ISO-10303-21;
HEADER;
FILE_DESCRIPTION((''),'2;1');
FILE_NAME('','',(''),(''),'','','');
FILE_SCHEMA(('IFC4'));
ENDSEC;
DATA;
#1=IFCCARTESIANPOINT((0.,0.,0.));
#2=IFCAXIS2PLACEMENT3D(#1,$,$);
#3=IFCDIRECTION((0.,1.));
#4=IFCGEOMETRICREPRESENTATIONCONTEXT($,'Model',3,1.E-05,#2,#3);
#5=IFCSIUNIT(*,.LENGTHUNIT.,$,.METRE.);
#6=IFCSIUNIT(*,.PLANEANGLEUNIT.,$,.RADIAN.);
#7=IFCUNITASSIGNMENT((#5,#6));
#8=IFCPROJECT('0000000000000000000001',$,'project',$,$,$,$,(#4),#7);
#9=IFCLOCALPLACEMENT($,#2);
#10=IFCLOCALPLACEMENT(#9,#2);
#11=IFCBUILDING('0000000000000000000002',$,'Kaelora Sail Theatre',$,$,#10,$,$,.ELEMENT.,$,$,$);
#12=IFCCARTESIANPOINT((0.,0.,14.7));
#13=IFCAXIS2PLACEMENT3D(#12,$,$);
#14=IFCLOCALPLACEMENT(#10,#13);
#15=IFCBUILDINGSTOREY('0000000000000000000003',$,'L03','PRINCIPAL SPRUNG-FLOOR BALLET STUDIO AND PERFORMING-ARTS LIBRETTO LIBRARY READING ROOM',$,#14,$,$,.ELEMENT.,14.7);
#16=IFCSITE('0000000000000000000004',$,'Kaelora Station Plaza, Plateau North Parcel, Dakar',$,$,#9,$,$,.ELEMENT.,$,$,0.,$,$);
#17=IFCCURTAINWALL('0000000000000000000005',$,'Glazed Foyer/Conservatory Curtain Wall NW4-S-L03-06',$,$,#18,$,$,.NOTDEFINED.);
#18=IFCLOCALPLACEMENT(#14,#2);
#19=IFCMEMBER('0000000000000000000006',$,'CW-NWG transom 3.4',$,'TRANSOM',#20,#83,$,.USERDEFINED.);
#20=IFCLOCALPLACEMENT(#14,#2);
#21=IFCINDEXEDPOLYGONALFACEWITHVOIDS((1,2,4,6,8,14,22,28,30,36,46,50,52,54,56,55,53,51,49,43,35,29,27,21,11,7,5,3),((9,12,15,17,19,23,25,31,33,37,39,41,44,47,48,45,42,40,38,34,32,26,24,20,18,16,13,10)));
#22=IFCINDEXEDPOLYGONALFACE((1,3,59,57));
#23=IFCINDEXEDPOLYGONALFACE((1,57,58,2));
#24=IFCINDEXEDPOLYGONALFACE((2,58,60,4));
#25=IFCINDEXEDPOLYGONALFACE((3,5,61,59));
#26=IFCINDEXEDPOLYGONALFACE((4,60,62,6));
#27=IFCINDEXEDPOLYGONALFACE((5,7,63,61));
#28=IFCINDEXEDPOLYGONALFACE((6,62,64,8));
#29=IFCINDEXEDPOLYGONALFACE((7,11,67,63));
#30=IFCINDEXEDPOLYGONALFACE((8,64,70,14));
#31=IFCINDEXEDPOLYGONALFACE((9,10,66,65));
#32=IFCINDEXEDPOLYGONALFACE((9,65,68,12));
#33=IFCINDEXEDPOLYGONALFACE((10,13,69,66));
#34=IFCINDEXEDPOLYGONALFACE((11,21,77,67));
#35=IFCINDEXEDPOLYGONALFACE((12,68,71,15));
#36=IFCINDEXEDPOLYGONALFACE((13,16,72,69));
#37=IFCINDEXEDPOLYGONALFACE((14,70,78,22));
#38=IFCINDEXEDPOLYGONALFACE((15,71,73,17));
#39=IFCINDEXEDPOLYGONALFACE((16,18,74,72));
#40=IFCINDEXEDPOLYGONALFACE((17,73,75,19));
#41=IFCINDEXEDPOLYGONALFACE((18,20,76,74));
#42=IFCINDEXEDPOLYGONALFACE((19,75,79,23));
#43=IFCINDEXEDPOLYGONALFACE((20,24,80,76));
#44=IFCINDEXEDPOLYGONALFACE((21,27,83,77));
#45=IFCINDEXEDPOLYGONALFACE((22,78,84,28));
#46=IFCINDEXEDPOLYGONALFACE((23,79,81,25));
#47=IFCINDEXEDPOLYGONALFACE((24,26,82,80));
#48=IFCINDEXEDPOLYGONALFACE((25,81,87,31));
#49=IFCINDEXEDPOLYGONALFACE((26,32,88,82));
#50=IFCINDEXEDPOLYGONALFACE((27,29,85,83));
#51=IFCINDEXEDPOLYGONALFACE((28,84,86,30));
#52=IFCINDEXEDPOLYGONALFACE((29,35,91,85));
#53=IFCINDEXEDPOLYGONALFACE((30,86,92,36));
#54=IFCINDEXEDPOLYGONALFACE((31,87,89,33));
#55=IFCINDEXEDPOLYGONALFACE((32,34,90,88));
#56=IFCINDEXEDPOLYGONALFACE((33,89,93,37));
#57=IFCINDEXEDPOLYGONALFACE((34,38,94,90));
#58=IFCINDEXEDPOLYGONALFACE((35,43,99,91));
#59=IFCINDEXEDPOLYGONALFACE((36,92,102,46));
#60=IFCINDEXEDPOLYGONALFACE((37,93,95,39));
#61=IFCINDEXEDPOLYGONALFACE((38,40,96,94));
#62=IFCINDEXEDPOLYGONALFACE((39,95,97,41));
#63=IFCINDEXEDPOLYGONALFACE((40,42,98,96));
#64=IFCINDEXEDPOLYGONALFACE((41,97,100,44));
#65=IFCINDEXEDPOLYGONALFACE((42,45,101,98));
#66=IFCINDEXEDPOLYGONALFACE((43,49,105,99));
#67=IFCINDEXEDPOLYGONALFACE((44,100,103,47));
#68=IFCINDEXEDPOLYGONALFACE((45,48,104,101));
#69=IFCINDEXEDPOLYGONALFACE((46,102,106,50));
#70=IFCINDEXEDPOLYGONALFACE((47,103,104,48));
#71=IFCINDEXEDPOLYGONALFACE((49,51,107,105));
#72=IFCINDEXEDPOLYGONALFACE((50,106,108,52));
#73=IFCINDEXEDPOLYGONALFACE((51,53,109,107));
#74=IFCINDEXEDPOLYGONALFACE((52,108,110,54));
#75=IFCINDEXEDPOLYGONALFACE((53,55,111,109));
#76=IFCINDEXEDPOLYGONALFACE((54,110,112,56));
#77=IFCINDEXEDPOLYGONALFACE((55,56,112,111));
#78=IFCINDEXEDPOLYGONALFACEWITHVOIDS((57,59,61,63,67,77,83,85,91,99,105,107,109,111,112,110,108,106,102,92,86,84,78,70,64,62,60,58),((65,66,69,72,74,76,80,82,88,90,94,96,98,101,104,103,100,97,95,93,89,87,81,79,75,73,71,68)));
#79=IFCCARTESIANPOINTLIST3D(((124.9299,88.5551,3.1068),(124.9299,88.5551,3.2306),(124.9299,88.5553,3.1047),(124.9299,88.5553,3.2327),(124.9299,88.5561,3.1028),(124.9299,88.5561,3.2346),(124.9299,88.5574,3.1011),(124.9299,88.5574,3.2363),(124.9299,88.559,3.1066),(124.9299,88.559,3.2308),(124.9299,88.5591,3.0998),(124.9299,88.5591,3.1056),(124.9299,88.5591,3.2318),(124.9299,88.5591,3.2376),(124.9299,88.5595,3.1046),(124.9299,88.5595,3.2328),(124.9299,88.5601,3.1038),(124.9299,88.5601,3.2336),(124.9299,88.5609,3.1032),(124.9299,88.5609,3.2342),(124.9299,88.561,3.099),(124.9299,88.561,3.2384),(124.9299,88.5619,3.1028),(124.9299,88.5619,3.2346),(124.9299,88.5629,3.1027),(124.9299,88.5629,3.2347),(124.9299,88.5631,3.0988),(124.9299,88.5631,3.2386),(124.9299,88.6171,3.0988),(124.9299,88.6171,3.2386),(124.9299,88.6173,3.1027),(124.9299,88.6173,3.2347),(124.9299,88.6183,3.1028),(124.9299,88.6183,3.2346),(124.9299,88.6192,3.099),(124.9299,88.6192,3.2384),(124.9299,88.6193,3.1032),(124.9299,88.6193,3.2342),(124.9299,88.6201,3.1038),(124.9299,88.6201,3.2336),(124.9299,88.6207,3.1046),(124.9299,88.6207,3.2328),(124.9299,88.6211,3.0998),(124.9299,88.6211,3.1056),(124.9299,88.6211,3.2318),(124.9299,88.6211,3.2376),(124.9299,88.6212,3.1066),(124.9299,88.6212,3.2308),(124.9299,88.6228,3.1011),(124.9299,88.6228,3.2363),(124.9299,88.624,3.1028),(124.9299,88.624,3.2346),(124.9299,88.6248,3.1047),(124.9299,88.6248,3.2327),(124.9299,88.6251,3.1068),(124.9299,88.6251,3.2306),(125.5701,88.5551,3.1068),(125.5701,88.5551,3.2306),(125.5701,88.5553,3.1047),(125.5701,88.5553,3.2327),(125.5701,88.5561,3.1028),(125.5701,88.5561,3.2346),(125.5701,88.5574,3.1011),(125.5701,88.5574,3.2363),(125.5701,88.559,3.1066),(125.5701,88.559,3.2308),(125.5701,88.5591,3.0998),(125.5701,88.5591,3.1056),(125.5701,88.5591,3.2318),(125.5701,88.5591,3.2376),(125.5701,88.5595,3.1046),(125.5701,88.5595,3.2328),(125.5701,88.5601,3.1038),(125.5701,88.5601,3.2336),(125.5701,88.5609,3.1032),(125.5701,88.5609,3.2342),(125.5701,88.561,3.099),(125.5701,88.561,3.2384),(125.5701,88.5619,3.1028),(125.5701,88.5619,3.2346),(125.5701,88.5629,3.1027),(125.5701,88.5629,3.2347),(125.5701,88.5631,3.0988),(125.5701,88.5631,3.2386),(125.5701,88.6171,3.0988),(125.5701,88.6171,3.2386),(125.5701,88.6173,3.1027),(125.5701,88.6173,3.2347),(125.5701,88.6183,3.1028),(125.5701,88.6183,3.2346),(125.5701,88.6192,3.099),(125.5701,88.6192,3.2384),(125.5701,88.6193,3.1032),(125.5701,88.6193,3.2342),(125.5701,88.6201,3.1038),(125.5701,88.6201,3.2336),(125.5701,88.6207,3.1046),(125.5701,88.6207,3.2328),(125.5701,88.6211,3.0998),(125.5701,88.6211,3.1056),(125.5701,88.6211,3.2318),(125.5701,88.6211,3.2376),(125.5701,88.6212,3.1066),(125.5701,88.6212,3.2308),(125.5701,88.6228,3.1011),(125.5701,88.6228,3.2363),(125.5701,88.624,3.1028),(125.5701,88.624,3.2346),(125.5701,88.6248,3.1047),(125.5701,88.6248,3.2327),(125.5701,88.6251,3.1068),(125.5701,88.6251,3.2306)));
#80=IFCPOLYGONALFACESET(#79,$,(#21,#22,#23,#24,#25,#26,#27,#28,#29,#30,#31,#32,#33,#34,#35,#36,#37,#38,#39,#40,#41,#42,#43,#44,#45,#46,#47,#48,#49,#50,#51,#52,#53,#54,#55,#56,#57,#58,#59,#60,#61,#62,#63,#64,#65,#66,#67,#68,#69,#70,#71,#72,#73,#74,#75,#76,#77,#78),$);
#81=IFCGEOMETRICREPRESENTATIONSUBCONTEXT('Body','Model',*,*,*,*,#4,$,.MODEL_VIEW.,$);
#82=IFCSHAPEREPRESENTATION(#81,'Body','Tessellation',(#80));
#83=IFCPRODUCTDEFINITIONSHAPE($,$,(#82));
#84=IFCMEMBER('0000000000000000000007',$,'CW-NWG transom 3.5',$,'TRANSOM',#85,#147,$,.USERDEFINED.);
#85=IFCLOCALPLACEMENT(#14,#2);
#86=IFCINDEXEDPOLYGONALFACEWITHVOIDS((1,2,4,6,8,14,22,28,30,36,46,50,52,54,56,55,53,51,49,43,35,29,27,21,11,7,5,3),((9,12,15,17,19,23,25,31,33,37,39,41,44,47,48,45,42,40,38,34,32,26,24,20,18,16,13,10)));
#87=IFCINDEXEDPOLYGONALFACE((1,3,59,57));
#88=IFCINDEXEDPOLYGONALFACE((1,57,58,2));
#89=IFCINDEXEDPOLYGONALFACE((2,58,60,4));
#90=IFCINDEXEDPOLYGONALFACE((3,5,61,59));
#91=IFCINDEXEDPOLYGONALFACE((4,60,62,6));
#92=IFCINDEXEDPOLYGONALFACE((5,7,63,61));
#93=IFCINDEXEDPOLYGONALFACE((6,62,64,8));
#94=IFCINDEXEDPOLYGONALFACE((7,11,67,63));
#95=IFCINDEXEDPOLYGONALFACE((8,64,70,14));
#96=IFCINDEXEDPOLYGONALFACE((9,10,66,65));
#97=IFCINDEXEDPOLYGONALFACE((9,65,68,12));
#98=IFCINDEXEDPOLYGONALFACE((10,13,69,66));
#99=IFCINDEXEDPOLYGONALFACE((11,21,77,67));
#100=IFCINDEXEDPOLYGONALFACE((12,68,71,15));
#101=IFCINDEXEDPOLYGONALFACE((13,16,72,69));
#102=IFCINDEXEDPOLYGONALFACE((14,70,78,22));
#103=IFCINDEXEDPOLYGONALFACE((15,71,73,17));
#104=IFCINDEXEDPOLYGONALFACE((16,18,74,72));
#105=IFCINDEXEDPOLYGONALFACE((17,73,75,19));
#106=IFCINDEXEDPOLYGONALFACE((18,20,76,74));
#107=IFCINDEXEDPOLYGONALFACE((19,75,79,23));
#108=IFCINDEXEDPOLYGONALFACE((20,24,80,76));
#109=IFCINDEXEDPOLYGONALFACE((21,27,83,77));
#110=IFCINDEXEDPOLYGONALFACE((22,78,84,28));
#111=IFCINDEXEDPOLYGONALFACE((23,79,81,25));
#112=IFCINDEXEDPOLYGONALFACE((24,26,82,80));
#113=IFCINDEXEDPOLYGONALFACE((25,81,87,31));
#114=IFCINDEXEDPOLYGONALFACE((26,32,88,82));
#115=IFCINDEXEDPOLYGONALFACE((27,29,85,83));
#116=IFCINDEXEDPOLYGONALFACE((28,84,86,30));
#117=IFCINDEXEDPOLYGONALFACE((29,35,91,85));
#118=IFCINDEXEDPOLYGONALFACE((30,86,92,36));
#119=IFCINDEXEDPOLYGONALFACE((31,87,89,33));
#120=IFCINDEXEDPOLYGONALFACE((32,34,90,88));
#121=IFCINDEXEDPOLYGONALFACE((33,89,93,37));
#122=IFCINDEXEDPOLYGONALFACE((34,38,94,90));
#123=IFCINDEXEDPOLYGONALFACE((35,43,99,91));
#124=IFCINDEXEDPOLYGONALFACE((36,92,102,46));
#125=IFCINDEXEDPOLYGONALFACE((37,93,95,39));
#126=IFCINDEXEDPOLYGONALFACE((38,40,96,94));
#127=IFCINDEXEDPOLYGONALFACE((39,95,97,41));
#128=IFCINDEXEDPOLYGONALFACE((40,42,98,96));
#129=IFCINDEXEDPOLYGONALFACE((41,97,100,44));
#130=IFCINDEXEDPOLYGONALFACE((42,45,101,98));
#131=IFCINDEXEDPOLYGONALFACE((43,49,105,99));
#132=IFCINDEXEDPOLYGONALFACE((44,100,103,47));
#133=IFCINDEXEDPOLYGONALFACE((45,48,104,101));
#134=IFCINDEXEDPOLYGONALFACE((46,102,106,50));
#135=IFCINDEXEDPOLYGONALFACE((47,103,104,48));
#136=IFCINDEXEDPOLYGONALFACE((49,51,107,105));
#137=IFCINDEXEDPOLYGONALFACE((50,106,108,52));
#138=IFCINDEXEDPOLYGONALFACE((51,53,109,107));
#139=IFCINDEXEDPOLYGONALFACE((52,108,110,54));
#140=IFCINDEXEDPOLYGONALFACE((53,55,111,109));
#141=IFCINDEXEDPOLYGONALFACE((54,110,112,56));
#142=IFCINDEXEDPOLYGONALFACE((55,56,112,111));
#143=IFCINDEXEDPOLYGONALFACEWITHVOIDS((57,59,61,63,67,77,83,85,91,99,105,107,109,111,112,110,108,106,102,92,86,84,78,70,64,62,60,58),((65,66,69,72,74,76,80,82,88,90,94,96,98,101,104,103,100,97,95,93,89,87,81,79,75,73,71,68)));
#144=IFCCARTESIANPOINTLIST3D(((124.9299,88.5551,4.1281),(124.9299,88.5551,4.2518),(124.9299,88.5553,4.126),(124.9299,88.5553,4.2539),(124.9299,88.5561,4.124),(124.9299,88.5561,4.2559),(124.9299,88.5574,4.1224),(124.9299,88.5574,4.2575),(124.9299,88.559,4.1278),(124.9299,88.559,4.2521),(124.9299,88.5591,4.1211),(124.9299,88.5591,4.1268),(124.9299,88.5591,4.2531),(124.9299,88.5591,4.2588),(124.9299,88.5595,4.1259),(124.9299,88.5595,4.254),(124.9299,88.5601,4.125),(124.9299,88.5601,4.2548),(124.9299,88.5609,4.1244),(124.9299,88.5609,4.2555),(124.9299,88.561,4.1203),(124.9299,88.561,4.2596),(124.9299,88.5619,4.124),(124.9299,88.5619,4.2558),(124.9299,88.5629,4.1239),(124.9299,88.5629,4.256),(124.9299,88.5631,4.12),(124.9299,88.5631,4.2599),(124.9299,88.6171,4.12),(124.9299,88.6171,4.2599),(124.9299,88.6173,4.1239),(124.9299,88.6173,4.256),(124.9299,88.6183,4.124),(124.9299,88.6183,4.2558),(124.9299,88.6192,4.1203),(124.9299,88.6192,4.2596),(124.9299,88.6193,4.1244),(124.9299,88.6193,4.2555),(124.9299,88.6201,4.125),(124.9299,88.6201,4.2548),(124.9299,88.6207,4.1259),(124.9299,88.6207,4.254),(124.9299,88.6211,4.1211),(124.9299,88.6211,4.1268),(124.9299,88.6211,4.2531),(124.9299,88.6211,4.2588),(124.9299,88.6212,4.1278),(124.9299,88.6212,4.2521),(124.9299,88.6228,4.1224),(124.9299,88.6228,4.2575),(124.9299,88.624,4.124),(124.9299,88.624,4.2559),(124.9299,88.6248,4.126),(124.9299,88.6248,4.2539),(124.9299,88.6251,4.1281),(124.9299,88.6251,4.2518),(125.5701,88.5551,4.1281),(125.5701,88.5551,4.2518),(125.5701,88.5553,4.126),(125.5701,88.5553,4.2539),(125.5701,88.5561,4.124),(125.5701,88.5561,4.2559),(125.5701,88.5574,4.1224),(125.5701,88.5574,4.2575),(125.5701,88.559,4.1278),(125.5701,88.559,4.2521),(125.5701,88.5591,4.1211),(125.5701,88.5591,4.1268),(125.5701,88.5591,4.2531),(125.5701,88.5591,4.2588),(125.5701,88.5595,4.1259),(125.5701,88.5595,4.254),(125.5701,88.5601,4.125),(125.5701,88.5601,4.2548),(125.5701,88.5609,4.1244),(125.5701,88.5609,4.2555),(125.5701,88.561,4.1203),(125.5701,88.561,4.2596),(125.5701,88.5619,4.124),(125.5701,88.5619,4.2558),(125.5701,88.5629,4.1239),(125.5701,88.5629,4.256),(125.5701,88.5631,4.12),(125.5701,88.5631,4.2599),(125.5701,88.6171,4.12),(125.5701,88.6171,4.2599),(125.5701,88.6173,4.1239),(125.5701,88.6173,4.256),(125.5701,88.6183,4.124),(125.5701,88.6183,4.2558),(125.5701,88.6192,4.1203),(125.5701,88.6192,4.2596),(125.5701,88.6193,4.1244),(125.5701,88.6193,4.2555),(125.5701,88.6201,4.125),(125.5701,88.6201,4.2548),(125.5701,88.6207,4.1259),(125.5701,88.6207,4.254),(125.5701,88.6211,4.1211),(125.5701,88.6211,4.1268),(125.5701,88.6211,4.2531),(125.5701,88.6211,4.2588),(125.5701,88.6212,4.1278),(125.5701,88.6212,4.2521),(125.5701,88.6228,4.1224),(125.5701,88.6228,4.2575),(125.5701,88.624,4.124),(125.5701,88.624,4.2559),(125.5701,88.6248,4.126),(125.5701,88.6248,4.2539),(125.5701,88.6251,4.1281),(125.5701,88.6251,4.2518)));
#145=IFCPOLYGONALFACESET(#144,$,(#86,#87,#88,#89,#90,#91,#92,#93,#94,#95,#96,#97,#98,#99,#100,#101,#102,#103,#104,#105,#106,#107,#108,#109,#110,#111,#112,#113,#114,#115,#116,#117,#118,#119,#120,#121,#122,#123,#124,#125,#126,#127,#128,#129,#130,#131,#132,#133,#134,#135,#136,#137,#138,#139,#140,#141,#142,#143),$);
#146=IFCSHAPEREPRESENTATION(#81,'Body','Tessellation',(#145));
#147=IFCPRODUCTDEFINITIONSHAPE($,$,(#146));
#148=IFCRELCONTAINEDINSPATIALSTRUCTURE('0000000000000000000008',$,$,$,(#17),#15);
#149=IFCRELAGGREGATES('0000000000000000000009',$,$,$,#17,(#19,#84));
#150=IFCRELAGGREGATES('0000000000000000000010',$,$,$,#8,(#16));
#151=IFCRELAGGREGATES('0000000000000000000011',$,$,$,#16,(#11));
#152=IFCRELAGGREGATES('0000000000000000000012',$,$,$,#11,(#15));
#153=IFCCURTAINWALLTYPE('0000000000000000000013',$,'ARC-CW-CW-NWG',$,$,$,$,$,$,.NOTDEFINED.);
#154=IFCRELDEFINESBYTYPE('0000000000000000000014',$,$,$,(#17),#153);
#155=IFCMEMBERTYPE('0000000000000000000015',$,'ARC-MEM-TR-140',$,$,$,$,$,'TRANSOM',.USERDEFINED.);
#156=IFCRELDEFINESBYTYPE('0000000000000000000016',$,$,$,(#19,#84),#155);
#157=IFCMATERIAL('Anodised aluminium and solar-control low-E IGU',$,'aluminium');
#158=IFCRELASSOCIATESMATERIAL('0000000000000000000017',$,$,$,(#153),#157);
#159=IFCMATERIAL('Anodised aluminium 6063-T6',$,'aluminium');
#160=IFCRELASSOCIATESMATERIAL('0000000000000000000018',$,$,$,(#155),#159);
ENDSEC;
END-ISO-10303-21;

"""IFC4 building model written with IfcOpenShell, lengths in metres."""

from ifc_helpers import new_model, si_unit, direction, frame, origin, origin_2d, place, context, subcontext, project, spatial, hollow_rectangle, extrude, material, material_profile, profile_set, type_object, element, aggregate, save


model = new_model("IFC4")

# Units and contexts
model_context = context("Model", 3, precision=1e-05, world=origin(), true_north=direction((0.0, 1.0)))
body_context = subcontext(model_context, "Body", "Model", "MODEL_VIEW")
ifc_project = project(units=[si_unit("LENGTHUNIT", "METRE"), si_unit("PLANEANGLEUNIT", "RADIAN")], contexts=[model_context])

# Site, building, storey
site_placement = place(None, origin())
site = spatial("IfcSite", under=ifc_project, at=site_placement, Name="Kaelora Station Plaza, Plateau North Parcel, Dakar", CompositionType="ELEMENT", RefElevation=0.0)
building_placement = place(site_placement, origin())
building = spatial("IfcBuilding", under=site, at=building_placement, Name="Kaelora Sail Theatre", CompositionType="ELEMENT")
storey_placement = place(building_placement, frame((0.0, 0.0, 14.7)))
storey = spatial("IfcBuildingStorey", under=building, at=storey_placement, Name="L03", Description="PRINCIPAL SPRUNG-FLOOR BALLET STUDIO AND PERFORMING-ARTS LIBRETTO LIBRARY READING ROOM", CompositionType="ELEMENT", Elevation=14.7)

# Curtain wall, members
ifc_material_1 = material(Name="Anodised aluminium and solar-control low-E IGU", Category="aluminium")
curtain_wall_type = type_object("IfcCurtainWallType", Name="ARC-CW-CW-NWG", PredefinedType="NOTDEFINED", material=ifc_material_1)
curtain_wall_placement = place(storey_placement, origin())
curtain_wall = element("IfcCurtainWall", 1, at=curtain_wall_placement, inside=storey, type_object=curtain_wall_type, Name="Glazed Foyer/Conservatory Curtain Wall NW4-S-L03-06", PredefinedType="NOTDEFINED")
ifc_material_2 = material(Name="Anodised aluminium 6063-T6", Category="aluminium")
ifc_material_profile_1 = material_profile(ifc_material_2, hollow_rectangle(XDim=0.0701, YDim=0.1399, WallThickness=0.0039, InnerFilletRadius=0.0039, OuterFilletRadius=0.0081, at=origin_2d()), Name="ALU-TRAN 70x140x4")
ifc_profile_set_1 = profile_set([ifc_material_profile_1], Name="Anodised aluminium 6063-T6")
member_type_1 = type_object("IfcMemberType", Name="ARC-MEM-TR-140", ElementType="TRANSOM", PredefinedType="USERDEFINED", material=ifc_profile_set_1)
member_1_placement = place(storey_placement, frame((124.9299, 88.5901, 3.1687), z_axis=(1.0, 0.0, 0.0), x_axis=(0.0, 1.0, 0.0)))
member_1 = element("IfcMember", 2, at=member_1_placement, type_object=member_type_1, Name="CW-NWG transom 3.4", ObjectType="TRANSOM", PredefinedType="USERDEFINED", context=body_context, shape_type="SweptSolid", body=[
    extrude(hollow_rectangle(XDim=0.0701, YDim=0.1399, WallThickness=0.0039, InnerFilletRadius=0.0039, OuterFilletRadius=0.0081, at=origin_2d()), origin(), (0.0, 0.0, 1.0), 0.6401),
])
member_2_placement = place(storey_placement, frame((124.9299, 88.5901, 4.1899), z_axis=(1.0, 0.0, 0.0), x_axis=(0.0, 1.0, 0.0)))
member_2 = element("IfcMember", 3, at=member_2_placement, type_object=member_type_1, Name="CW-NWG transom 3.5", ObjectType="TRANSOM", PredefinedType="USERDEFINED", context=body_context, shape_type="SweptSolid", body=[
    extrude(hollow_rectangle(XDim=0.0701, YDim=0.1399, WallThickness=0.0039, InnerFilletRadius=0.0039, OuterFilletRadius=0.0081, at=origin_2d()), origin(), (0.0, 0.0, 1.0), 0.6401),
])
aggregate(curtain_wall, [member_1, member_2])

save(model, "model.ifc")
